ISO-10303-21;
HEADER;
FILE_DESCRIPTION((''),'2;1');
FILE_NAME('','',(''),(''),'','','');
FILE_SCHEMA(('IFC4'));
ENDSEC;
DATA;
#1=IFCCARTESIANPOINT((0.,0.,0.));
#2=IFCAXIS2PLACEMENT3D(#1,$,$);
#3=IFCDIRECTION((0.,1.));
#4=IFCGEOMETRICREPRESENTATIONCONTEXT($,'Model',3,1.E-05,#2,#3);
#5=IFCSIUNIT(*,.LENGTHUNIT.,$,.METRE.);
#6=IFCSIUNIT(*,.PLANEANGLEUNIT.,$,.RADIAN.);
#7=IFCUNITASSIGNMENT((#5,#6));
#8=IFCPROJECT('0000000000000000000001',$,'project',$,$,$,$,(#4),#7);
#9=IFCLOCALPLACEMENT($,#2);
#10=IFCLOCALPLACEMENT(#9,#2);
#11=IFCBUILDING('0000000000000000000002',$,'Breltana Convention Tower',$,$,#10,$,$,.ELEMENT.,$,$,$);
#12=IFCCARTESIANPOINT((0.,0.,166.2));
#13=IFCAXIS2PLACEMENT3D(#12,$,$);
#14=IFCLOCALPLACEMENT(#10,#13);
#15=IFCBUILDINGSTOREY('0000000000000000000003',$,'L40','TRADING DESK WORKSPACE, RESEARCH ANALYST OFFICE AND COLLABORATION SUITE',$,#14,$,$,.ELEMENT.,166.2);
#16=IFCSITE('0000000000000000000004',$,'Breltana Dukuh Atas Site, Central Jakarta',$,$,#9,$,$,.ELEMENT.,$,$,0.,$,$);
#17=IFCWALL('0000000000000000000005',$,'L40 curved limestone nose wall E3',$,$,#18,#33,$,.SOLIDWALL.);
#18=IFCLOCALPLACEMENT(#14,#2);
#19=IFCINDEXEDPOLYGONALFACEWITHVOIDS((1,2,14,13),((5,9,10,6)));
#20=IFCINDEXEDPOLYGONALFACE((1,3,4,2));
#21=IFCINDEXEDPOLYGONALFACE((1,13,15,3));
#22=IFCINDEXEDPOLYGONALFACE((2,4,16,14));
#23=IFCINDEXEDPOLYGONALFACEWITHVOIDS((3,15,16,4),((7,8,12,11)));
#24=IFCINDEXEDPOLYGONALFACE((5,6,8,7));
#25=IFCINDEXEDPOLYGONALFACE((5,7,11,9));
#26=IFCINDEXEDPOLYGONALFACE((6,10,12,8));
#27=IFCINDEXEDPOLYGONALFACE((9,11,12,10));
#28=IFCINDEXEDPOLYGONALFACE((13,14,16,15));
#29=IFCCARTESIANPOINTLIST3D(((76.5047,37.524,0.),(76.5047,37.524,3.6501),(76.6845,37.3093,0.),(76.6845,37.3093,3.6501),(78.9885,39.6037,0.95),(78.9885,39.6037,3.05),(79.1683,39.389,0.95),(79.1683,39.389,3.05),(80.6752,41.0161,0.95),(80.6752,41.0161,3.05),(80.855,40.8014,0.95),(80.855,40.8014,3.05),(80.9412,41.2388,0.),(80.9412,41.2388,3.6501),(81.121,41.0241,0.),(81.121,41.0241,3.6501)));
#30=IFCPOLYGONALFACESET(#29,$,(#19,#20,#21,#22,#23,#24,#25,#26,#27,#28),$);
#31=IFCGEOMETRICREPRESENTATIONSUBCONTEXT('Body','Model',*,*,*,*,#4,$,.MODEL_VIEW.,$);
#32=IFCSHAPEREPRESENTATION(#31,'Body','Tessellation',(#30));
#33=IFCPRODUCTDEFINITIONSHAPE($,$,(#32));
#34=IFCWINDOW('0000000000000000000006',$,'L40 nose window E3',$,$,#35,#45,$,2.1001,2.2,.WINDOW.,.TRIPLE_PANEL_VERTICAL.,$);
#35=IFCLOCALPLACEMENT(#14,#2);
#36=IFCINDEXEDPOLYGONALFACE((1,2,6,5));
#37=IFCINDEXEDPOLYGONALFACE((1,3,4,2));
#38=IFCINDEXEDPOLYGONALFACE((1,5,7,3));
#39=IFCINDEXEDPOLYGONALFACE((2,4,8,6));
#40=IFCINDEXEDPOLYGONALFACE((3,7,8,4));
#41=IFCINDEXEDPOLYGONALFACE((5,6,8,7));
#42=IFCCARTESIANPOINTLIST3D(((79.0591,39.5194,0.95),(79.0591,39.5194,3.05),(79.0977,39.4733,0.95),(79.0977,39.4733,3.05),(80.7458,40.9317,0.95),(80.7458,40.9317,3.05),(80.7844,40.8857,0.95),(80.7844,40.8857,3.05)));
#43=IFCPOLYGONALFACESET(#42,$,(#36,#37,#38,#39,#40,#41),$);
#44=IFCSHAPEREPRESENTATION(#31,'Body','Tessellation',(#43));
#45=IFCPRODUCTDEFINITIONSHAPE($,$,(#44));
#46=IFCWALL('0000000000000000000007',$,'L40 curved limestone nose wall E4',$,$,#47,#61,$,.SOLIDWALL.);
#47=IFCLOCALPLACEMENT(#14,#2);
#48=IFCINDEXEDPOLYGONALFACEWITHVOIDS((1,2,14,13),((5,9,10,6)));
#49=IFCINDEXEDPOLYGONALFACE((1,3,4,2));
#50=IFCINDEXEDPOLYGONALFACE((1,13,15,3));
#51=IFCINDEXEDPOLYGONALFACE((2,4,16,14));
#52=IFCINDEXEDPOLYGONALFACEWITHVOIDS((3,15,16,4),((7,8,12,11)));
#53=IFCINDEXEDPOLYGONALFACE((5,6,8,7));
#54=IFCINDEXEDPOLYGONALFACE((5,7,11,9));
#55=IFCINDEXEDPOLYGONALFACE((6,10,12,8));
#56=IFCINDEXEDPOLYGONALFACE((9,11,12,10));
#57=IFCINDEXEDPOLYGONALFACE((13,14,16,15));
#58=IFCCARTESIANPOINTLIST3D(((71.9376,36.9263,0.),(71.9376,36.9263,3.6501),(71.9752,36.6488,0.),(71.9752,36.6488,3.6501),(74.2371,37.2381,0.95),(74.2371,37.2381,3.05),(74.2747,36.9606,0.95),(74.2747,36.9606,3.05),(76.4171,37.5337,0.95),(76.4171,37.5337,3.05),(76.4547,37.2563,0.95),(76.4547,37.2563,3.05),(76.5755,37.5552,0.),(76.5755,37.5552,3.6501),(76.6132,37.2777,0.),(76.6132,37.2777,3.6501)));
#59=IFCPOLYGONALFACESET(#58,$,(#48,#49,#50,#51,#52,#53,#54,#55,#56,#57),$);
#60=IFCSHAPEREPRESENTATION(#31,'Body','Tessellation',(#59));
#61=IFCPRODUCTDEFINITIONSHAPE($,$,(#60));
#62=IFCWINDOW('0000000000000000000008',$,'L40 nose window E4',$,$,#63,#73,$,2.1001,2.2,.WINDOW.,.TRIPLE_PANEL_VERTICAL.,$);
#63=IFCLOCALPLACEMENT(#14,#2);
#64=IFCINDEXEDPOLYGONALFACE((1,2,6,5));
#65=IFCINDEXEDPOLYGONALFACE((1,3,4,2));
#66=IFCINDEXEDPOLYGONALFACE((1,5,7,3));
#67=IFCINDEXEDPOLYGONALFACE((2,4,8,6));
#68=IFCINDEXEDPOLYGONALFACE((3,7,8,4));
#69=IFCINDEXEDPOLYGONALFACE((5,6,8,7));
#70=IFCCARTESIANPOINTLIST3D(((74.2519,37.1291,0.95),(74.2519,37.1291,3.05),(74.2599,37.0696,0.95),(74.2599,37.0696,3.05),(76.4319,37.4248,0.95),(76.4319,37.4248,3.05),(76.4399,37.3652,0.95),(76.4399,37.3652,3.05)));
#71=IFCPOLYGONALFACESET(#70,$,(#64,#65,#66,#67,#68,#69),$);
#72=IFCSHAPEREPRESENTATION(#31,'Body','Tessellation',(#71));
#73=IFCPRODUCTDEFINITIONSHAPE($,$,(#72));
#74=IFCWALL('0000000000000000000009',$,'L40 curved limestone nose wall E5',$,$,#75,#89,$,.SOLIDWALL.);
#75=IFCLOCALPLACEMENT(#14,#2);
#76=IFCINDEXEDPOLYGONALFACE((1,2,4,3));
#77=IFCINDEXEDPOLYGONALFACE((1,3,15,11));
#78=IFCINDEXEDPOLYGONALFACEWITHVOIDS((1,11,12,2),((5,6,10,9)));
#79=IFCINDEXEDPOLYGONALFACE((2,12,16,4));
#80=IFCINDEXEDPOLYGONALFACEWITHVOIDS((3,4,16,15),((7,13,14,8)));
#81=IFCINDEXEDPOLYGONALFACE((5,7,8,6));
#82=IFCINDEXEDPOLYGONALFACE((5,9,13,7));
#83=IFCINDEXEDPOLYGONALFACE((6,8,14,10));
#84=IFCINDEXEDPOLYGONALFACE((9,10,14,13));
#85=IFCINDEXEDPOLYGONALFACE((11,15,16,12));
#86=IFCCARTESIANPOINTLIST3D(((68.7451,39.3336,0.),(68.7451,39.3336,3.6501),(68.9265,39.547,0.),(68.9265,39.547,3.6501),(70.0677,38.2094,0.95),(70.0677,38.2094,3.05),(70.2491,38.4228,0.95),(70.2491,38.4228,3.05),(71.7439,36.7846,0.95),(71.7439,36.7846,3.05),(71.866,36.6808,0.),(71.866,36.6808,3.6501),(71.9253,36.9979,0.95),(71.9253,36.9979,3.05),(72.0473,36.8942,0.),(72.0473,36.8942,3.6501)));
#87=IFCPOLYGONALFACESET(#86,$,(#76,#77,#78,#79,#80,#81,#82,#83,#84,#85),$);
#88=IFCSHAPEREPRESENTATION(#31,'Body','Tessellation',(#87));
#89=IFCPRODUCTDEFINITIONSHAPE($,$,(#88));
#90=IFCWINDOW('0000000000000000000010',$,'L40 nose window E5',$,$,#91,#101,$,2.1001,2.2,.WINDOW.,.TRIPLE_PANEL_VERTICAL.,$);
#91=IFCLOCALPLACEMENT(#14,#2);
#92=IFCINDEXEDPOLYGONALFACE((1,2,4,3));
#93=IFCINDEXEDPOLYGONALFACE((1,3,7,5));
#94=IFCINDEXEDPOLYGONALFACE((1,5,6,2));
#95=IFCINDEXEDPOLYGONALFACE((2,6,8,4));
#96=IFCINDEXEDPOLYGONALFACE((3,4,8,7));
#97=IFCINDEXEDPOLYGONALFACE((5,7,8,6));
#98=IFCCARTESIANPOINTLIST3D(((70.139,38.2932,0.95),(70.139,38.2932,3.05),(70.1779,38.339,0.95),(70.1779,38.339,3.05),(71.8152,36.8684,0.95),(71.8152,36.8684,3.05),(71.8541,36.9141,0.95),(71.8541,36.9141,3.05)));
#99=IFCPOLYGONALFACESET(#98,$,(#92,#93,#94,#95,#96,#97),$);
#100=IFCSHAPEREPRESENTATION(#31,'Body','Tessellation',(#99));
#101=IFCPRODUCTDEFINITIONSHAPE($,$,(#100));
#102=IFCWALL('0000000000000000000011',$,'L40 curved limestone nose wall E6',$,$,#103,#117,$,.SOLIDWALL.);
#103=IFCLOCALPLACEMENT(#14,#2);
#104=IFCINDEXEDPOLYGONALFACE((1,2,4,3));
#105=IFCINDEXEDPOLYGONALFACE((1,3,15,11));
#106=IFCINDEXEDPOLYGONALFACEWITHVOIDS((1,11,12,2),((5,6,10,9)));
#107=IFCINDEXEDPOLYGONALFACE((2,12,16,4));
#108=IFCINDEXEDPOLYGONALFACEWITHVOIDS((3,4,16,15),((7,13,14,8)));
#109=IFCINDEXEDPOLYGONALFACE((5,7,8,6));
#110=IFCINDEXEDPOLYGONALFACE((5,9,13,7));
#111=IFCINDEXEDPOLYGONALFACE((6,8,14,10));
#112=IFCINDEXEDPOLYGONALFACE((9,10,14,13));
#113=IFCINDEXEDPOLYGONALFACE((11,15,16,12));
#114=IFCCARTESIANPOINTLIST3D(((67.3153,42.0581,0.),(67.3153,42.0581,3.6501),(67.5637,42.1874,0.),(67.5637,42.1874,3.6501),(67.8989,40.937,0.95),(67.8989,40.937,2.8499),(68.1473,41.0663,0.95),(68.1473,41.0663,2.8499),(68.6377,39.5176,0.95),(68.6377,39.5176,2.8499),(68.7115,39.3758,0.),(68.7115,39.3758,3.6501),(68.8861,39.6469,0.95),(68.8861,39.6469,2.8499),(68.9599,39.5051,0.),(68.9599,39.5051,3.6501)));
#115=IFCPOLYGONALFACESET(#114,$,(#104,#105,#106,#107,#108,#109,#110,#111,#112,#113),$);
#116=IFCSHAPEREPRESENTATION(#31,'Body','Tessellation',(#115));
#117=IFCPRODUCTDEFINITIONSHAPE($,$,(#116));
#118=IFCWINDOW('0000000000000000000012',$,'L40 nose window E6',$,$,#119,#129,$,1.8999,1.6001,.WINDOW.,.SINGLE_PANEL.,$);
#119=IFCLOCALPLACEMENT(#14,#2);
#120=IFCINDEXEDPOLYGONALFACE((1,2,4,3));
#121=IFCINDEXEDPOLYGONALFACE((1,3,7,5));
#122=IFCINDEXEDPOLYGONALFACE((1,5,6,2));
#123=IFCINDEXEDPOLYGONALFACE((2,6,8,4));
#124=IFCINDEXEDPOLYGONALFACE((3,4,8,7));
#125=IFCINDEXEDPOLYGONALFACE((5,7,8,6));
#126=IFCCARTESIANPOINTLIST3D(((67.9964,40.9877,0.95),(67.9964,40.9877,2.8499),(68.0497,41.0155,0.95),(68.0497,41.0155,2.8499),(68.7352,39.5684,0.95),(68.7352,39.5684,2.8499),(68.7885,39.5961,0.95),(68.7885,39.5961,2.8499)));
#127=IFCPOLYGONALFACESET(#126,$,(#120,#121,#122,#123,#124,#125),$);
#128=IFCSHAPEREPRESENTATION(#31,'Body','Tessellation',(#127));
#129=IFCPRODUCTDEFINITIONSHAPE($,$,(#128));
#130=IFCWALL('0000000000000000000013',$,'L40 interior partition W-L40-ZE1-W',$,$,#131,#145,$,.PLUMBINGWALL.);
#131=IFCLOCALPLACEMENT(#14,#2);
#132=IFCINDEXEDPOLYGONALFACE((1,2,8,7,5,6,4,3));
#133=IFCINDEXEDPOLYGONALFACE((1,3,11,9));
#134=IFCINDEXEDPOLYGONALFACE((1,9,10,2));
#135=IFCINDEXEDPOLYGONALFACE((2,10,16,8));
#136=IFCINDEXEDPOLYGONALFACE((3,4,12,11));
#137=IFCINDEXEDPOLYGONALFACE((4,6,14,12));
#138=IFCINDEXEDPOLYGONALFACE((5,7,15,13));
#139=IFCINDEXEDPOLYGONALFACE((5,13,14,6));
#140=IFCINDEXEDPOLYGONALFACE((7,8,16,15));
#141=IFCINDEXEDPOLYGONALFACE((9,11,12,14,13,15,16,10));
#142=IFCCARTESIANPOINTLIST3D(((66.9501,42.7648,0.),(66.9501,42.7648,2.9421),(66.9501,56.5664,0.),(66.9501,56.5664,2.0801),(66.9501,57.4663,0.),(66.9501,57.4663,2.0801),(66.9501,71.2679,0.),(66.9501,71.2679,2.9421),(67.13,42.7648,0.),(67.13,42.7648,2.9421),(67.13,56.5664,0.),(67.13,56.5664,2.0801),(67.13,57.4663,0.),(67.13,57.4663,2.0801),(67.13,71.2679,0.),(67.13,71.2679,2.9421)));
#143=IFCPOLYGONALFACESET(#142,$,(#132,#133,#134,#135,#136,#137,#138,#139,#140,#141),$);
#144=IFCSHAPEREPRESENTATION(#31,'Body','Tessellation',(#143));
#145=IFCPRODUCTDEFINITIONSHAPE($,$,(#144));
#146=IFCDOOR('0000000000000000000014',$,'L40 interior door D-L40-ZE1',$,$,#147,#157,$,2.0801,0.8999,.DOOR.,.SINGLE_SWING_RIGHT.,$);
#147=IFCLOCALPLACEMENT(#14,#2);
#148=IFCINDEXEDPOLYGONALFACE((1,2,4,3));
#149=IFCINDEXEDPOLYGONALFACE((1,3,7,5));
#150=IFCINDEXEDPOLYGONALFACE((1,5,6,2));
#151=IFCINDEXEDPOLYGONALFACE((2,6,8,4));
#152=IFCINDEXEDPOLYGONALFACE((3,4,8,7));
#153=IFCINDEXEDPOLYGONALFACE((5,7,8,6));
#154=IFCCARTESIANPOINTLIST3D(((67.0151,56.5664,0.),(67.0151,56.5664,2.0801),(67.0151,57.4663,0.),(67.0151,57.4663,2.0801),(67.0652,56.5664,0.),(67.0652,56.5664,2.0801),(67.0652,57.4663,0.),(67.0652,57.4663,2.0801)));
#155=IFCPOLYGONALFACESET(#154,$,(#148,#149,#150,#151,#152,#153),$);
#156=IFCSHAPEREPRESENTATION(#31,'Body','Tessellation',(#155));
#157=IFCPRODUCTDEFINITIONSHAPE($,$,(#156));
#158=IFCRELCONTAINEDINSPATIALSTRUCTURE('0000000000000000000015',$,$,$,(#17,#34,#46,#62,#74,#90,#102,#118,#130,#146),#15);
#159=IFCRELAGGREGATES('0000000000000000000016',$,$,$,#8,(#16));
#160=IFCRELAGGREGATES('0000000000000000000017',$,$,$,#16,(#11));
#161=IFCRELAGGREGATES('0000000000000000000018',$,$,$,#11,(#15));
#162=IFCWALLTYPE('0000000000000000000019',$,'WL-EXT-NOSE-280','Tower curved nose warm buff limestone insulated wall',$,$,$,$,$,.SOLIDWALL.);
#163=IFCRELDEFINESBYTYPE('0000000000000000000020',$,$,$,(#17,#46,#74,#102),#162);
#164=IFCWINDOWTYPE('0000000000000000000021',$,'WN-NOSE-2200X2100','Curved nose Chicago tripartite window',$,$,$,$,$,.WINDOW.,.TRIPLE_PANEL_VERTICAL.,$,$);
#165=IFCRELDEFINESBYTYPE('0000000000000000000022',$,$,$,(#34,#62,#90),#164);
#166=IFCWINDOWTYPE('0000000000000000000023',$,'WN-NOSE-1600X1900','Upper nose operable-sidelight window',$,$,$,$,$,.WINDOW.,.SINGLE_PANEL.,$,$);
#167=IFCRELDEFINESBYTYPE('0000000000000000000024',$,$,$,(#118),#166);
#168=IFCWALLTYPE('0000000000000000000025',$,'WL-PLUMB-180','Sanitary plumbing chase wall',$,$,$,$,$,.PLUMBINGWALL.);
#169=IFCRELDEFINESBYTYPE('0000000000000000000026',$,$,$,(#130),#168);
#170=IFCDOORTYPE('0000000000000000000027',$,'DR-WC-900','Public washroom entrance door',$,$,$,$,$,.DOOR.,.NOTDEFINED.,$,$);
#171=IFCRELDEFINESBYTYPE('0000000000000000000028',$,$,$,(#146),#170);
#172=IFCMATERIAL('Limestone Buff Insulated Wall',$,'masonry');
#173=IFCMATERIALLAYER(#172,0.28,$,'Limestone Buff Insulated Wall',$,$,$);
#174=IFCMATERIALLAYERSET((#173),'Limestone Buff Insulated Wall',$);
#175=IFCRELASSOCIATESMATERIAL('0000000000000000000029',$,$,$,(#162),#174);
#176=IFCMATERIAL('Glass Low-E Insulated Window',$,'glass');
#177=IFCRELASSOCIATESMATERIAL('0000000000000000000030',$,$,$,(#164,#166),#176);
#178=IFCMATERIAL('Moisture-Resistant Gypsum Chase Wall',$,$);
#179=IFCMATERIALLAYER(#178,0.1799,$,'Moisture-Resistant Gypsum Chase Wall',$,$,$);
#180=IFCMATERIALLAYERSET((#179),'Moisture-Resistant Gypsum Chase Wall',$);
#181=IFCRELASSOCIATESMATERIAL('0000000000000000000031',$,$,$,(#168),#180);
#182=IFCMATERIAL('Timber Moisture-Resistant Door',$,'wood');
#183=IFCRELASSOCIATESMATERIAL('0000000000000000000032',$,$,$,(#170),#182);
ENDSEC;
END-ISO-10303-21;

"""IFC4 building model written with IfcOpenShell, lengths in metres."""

from ifc_helpers import new_model, si_unit, direction, frame, frame_2d, origin, place, context, subcontext, project, spatial, rectangle, extrude, source, transform, mapped, material, layer, layer_set, type_object, type_shapes, element, fill, save


model = new_model("IFC4")

# Units and contexts
model_context = context("Model", 3, precision=1e-05, world=origin(), true_north=direction((0.0, 1.0)))
body_context = subcontext(model_context, "Body", "Model", "MODEL_VIEW")
ifc_project = project(units=[si_unit("LENGTHUNIT", "METRE"), si_unit("PLANEANGLEUNIT", "RADIAN")], contexts=[model_context])

# Site, building, storey
site_placement = place(None, origin())
site = spatial("IfcSite", under=ifc_project, at=site_placement, Name="Breltana Dukuh Atas Site, Central Jakarta", CompositionType="ELEMENT", RefElevation=0.0)
building_placement = place(site_placement, origin())
building = spatial("IfcBuilding", under=site, at=building_placement, Name="Breltana Convention Tower", CompositionType="ELEMENT")
storey_placement = place(building_placement, frame((0.0, 0.0, 166.2)))
storey = spatial("IfcBuildingStorey", under=building, at=storey_placement, Name="L40", Description="TRADING DESK WORKSPACE, RESEARCH ANALYST OFFICE AND COLLABORATION SUITE", CompositionType="ELEMENT", Elevation=166.2)

# Walls, openings, windows
ifc_material_1 = material(Name="Limestone Buff Insulated Wall", Category="masonry")
ifc_layer_1 = layer(ifc_material_1, 0.28, Name="Limestone Buff Insulated Wall")
ifc_layer_set_1 = layer_set([ifc_layer_1], Name="Limestone Buff Insulated Wall")
wall_type_1 = type_object("IfcWallType", Name="WL-EXT-NOSE-280", Description="Tower curved nose warm buff limestone insulated wall", PredefinedType="SOLIDWALL", material=ifc_layer_set_1)
shared_shape_1 = source(origin(), body_context, "Body", "SweptSolid", [
    extrude(rectangle(XDim=5.7864, YDim=0.28, at=frame_2d((2.8931, 0.0))), origin(), (0.0, 0.0, 1.0), 3.6501),
])
wall_1_placement = place(storey_placement, frame((81.031, 41.1313, 0.0), z_axis=(0.0, 0.0, 1.0), x_axis=(-0.766711, -0.641992, 0.0)))
wall_1 = element("IfcWall", 1, at=wall_1_placement, inside=storey, type_object=wall_type_1, Name="L40 curved limestone nose wall E3", PredefinedType="SOLIDWALL", context=body_context, shape_type="MappedRepresentation", body=[
    mapped(shared_shape_1, transform((0.0, 0.0, 0.0), scale=1.0)),
])
opening_1_placement = place(wall_1_placement, frame((0.3467, 0.0, 0.95)))
opening_1 = element("IfcOpeningElement", 2, at=opening_1_placement, cuts=wall_1, PredefinedType="OPENING", context=body_context, shape_type="SweptSolid", body=[
    extrude(rectangle(XDim=2.2, YDim=2.1001, at=frame_2d((1.1001, 1.05))), frame((0.0, 0.1499, 0.0), z_axis=(0.0, -1.0, 0.0), x_axis=(1.0, 0.0, 0.0)), (0.0, 0.0, 1.0), 0.3),
])
ifc_material_2 = material(Name="Glass Low-E Insulated Window", Category="glass")
window_type_1 = type_object("IfcWindowType", Name="WN-NOSE-2200X2100", Description="Curved nose Chicago tripartite window", PartitioningType="TRIPLE_PANEL_VERTICAL", PredefinedType="WINDOW", material=ifc_material_2)
shared_shape_2 = source(origin(), body_context, "Body", "SweptSolid", [
    extrude(rectangle(XDim=2.2, YDim=2.1001, at=frame_2d((1.1001, 1.05))), frame((0.0, 0.03, 0.0), z_axis=(0.0, -1.0, 0.0), x_axis=(1.0, 0.0, 0.0)), (0.0, 0.0, 1.0), 0.0601),
])
type_shapes(window_type_1, [shared_shape_2])
window_1_placement = place(opening_1_placement, origin())
window_1 = element("IfcWindow", 3, at=window_1_placement, inside=storey, type_object=window_type_1, Name="L40 nose window E3", OverallHeight=2.1001, OverallWidth=2.2, PartitioningType="TRIPLE_PANEL_VERTICAL", PredefinedType="WINDOW", context=body_context, shape_type="MappedRepresentation", body=[
    mapped(shared_shape_2, transform((0.0, 0.0, 0.0), scale=1.0)),
])
fill(opening_1, window_1)
shared_shape_3 = source(origin(), body_context, "Body", "SweptSolid", [
    extrude(rectangle(XDim=4.6804, YDim=0.28, at=frame_2d((2.3403, 0.0))), origin(), (0.0, 0.0, 1.0), 3.6501),
])
wall_2_placement = place(storey_placement, frame((76.5945, 37.4165, 0.0), z_axis=(0.0, 0.0, 1.0), x_axis=(-0.990931, -0.134371, 0.0)))
wall_2 = element("IfcWall", 4, at=wall_2_placement, inside=storey, type_object=wall_type_1, Name="L40 curved limestone nose wall E4", PredefinedType="SOLIDWALL", context=body_context, shape_type="MappedRepresentation", body=[
    mapped(shared_shape_3, transform((0.0, 0.0, 0.0), scale=1.0)),
])
opening_2_placement = place(wall_2_placement, frame((0.1599, 0.0, 0.95)))
opening_2 = element("IfcOpeningElement", 5, at=opening_2_placement, cuts=wall_2, PredefinedType="OPENING", context=body_context, shape_type="SweptSolid", body=[
    extrude(rectangle(XDim=2.2, YDim=2.1001, at=frame_2d((1.1001, 1.05))), frame((0.0, 0.1499, 0.0), z_axis=(0.0, -1.0, 0.0), x_axis=(1.0, 0.0, 0.0)), (0.0, 0.0, 1.0), 0.3),
])
window_2_placement = place(opening_2_placement, origin())
window_2 = element("IfcWindow", 6, at=window_2_placement, inside=storey, type_object=window_type_1, Name="L40 nose window E4", OverallHeight=2.1001, OverallWidth=2.2, PartitioningType="TRIPLE_PANEL_VERTICAL", PredefinedType="WINDOW", context=body_context, shape_type="MappedRepresentation", body=[
    mapped(shared_shape_2, transform((0.0, 0.0, 0.0), scale=1.0)),
])
fill(opening_2, window_2)
shared_shape_4 = source(origin(), body_context, "Body", "SweptSolid", [
    extrude(rectangle(XDim=4.0959, YDim=0.28, at=frame_2d((2.0479, 0.0))), origin(), (0.0, 0.0, 1.0), 3.6501),
])
wall_3_placement = place(storey_placement, frame((71.9565, 36.7876, 0.0), z_axis=(0.0, 0.0, 1.0), x_axis=(-0.761926, 0.647664, 0.0)))
wall_3 = element("IfcWall", 7, at=wall_3_placement, inside=storey, type_object=wall_type_1, Name="L40 curved limestone nose wall E5", PredefinedType="SOLIDWALL", context=body_context, shape_type="MappedRepresentation", body=[
    mapped(shared_shape_4, transform((0.0, 0.0, 0.0), scale=1.0)),
])
opening_3_placement = place(wall_3_placement, frame((0.1599, 0.0, 0.95)))
opening_3 = element("IfcOpeningElement", 8, at=opening_3_placement, cuts=wall_3, PredefinedType="OPENING", context=body_context, shape_type="SweptSolid", body=[
    extrude(rectangle(XDim=2.2, YDim=2.1001, at=frame_2d((1.1001, 1.05))), frame((0.0, 0.1499, 0.0), z_axis=(0.0, -1.0, 0.0), x_axis=(1.0, 0.0, 0.0)), (0.0, 0.0, 1.0), 0.3),
])
window_3_placement = place(opening_3_placement, origin())
window_3 = element("IfcWindow", 9, at=window_3_placement, inside=storey, type_object=window_type_1, Name="L40 nose window E5", OverallHeight=2.1001, OverallWidth=2.2, PartitioningType="TRIPLE_PANEL_VERTICAL", PredefinedType="WINDOW", context=body_context, shape_type="MappedRepresentation", body=[
    mapped(shared_shape_2, transform((0.0, 0.0, 0.0), scale=1.0)),
])
fill(opening_3, window_3)
shared_shape_5 = source(origin(), body_context, "Body", "SweptSolid", [
    extrude(rectangle(XDim=3.0239, YDim=0.28, at=frame_2d((1.512, 0.0))), origin(), (0.0, 0.0, 1.0), 3.6501),
])
wall_4_placement = place(storey_placement, frame((68.8357, 39.4404, 0.0), z_axis=(0.0, 0.0, 1.0), x_axis=(-0.461719, 0.887026, 0.0)))
wall_4 = element("IfcWall", 10, at=wall_4_placement, inside=storey, type_object=wall_type_1, Name="L40 curved limestone nose wall E6", PredefinedType="SOLIDWALL", context=body_context, shape_type="MappedRepresentation", body=[
    mapped(shared_shape_5, transform((0.0, 0.0, 0.0), scale=1.0)),
])
opening_4_placement = place(wall_4_placement, frame((0.1599, 0.0, 0.95)))
opening_4 = element("IfcOpeningElement", 11, at=opening_4_placement, cuts=wall_4, PredefinedType="OPENING", context=body_context, shape_type="SweptSolid", body=[
    extrude(rectangle(XDim=1.6001, YDim=1.8999, at=frame_2d((0.8, 0.95))), frame((0.0, 0.1499, 0.0), z_axis=(0.0, -1.0, 0.0), x_axis=(1.0, 0.0, 0.0)), (0.0, 0.0, 1.0), 0.3),
])
window_type_2 = type_object("IfcWindowType", Name="WN-NOSE-1600X1900", Description="Upper nose operable-sidelight window", PartitioningType="SINGLE_PANEL", PredefinedType="WINDOW", material=ifc_material_2)
shared_shape_6 = source(origin(), body_context, "Body", "SweptSolid", [
    extrude(rectangle(XDim=1.6001, YDim=1.8999, at=frame_2d((0.8, 0.95))), frame((0.0, 0.03, 0.0), z_axis=(0.0, -1.0, 0.0), x_axis=(1.0, 0.0, 0.0)), (0.0, 0.0, 1.0), 0.0601),
])
type_shapes(window_type_2, [shared_shape_6])
window_4_placement = place(opening_4_placement, origin())
window_4 = element("IfcWindow", 12, at=window_4_placement, inside=storey, type_object=window_type_2, Name="L40 nose window E6", OverallHeight=1.8999, OverallWidth=1.6001, PartitioningType="SINGLE_PANEL", PredefinedType="WINDOW", context=body_context, shape_type="MappedRepresentation", body=[
    mapped(shared_shape_6, transform((0.0, 0.0, 0.0), scale=1.0)),
])
fill(opening_4, window_4)

# Wall, opening, door
ifc_material_3 = material(Name="Moisture-Resistant Gypsum Chase Wall")
ifc_layer_2 = layer(ifc_material_3, 0.1799, Name="Moisture-Resistant Gypsum Chase Wall")
ifc_layer_set_2 = layer_set([ifc_layer_2], Name="Moisture-Resistant Gypsum Chase Wall")
wall_type_2 = type_object("IfcWallType", Name="WL-PLUMB-180", Description="Sanitary plumbing chase wall", PredefinedType="PLUMBINGWALL", material=ifc_layer_set_2)
shared_shape_7 = source(origin(), body_context, "Body", "SweptSolid", [
    extrude(rectangle(XDim=28.5032, YDim=0.1799, at=frame_2d((14.2515, 0.0))), origin(), (0.0, 0.0, 1.0), 2.9421),
])
wall_5_placement = place(storey_placement, frame((67.04, 42.7649, 0.0), z_axis=(0.0, 0.0, 1.0), x_axis=(0.0, 1.0, 0.0)))
wall_5 = element("IfcWall", 13, at=wall_5_placement, inside=storey, type_object=wall_type_2, Name="L40 interior partition W-L40-ZE1-W", PredefinedType="PLUMBINGWALL", context=body_context, shape_type="MappedRepresentation", body=[
    mapped(shared_shape_7, transform((0.0, 0.0, 0.0), scale=1.0)),
])
opening_5_placement = place(wall_5_placement, frame((13.8015, 0.0, 0.0)))
opening_5 = element("IfcOpeningElement", 14, at=opening_5_placement, cuts=wall_5, PredefinedType="OPENING", context=body_context, shape_type="SweptSolid", body=[
    extrude(rectangle(XDim=0.8999, YDim=2.0801, at=frame_2d((0.45, 1.04))), frame((0.0, 0.1001, 0.0), z_axis=(0.0, -1.0, 0.0), x_axis=(1.0, 0.0, 0.0)), (0.0, 0.0, 1.0), 0.2),
])
ifc_material_4 = material(Name="Timber Moisture-Resistant Door", Category="wood")
door_type = type_object("IfcDoorType", Name="DR-WC-900", Description="Public washroom entrance door", OperationType="NOTDEFINED", PredefinedType="DOOR", material=ifc_material_4)
shared_shape_8 = source(origin(), body_context, "Body", "SweptSolid", [
    extrude(rectangle(XDim=0.8999, YDim=2.0801, at=frame_2d((0.45, 1.04))), frame((0.0, 0.0249, 0.0), z_axis=(0.0, -1.0, 0.0), x_axis=(1.0, 0.0, 0.0)), (0.0, 0.0, 1.0), 0.05),
])
type_shapes(door_type, [shared_shape_8])
door_placement = place(opening_5_placement, origin())
door = element("IfcDoor", 15, at=door_placement, inside=storey, type_object=door_type, Name="L40 interior door D-L40-ZE1", OperationType="SINGLE_SWING_RIGHT", OverallHeight=2.0801, OverallWidth=0.8999, PredefinedType="DOOR", context=body_context, shape_type="MappedRepresentation", body=[
    mapped(shared_shape_8, transform((0.0, 0.0, 0.0), scale=1.0)),
])
fill(opening_5, door)

save(model, "model.ifc")
